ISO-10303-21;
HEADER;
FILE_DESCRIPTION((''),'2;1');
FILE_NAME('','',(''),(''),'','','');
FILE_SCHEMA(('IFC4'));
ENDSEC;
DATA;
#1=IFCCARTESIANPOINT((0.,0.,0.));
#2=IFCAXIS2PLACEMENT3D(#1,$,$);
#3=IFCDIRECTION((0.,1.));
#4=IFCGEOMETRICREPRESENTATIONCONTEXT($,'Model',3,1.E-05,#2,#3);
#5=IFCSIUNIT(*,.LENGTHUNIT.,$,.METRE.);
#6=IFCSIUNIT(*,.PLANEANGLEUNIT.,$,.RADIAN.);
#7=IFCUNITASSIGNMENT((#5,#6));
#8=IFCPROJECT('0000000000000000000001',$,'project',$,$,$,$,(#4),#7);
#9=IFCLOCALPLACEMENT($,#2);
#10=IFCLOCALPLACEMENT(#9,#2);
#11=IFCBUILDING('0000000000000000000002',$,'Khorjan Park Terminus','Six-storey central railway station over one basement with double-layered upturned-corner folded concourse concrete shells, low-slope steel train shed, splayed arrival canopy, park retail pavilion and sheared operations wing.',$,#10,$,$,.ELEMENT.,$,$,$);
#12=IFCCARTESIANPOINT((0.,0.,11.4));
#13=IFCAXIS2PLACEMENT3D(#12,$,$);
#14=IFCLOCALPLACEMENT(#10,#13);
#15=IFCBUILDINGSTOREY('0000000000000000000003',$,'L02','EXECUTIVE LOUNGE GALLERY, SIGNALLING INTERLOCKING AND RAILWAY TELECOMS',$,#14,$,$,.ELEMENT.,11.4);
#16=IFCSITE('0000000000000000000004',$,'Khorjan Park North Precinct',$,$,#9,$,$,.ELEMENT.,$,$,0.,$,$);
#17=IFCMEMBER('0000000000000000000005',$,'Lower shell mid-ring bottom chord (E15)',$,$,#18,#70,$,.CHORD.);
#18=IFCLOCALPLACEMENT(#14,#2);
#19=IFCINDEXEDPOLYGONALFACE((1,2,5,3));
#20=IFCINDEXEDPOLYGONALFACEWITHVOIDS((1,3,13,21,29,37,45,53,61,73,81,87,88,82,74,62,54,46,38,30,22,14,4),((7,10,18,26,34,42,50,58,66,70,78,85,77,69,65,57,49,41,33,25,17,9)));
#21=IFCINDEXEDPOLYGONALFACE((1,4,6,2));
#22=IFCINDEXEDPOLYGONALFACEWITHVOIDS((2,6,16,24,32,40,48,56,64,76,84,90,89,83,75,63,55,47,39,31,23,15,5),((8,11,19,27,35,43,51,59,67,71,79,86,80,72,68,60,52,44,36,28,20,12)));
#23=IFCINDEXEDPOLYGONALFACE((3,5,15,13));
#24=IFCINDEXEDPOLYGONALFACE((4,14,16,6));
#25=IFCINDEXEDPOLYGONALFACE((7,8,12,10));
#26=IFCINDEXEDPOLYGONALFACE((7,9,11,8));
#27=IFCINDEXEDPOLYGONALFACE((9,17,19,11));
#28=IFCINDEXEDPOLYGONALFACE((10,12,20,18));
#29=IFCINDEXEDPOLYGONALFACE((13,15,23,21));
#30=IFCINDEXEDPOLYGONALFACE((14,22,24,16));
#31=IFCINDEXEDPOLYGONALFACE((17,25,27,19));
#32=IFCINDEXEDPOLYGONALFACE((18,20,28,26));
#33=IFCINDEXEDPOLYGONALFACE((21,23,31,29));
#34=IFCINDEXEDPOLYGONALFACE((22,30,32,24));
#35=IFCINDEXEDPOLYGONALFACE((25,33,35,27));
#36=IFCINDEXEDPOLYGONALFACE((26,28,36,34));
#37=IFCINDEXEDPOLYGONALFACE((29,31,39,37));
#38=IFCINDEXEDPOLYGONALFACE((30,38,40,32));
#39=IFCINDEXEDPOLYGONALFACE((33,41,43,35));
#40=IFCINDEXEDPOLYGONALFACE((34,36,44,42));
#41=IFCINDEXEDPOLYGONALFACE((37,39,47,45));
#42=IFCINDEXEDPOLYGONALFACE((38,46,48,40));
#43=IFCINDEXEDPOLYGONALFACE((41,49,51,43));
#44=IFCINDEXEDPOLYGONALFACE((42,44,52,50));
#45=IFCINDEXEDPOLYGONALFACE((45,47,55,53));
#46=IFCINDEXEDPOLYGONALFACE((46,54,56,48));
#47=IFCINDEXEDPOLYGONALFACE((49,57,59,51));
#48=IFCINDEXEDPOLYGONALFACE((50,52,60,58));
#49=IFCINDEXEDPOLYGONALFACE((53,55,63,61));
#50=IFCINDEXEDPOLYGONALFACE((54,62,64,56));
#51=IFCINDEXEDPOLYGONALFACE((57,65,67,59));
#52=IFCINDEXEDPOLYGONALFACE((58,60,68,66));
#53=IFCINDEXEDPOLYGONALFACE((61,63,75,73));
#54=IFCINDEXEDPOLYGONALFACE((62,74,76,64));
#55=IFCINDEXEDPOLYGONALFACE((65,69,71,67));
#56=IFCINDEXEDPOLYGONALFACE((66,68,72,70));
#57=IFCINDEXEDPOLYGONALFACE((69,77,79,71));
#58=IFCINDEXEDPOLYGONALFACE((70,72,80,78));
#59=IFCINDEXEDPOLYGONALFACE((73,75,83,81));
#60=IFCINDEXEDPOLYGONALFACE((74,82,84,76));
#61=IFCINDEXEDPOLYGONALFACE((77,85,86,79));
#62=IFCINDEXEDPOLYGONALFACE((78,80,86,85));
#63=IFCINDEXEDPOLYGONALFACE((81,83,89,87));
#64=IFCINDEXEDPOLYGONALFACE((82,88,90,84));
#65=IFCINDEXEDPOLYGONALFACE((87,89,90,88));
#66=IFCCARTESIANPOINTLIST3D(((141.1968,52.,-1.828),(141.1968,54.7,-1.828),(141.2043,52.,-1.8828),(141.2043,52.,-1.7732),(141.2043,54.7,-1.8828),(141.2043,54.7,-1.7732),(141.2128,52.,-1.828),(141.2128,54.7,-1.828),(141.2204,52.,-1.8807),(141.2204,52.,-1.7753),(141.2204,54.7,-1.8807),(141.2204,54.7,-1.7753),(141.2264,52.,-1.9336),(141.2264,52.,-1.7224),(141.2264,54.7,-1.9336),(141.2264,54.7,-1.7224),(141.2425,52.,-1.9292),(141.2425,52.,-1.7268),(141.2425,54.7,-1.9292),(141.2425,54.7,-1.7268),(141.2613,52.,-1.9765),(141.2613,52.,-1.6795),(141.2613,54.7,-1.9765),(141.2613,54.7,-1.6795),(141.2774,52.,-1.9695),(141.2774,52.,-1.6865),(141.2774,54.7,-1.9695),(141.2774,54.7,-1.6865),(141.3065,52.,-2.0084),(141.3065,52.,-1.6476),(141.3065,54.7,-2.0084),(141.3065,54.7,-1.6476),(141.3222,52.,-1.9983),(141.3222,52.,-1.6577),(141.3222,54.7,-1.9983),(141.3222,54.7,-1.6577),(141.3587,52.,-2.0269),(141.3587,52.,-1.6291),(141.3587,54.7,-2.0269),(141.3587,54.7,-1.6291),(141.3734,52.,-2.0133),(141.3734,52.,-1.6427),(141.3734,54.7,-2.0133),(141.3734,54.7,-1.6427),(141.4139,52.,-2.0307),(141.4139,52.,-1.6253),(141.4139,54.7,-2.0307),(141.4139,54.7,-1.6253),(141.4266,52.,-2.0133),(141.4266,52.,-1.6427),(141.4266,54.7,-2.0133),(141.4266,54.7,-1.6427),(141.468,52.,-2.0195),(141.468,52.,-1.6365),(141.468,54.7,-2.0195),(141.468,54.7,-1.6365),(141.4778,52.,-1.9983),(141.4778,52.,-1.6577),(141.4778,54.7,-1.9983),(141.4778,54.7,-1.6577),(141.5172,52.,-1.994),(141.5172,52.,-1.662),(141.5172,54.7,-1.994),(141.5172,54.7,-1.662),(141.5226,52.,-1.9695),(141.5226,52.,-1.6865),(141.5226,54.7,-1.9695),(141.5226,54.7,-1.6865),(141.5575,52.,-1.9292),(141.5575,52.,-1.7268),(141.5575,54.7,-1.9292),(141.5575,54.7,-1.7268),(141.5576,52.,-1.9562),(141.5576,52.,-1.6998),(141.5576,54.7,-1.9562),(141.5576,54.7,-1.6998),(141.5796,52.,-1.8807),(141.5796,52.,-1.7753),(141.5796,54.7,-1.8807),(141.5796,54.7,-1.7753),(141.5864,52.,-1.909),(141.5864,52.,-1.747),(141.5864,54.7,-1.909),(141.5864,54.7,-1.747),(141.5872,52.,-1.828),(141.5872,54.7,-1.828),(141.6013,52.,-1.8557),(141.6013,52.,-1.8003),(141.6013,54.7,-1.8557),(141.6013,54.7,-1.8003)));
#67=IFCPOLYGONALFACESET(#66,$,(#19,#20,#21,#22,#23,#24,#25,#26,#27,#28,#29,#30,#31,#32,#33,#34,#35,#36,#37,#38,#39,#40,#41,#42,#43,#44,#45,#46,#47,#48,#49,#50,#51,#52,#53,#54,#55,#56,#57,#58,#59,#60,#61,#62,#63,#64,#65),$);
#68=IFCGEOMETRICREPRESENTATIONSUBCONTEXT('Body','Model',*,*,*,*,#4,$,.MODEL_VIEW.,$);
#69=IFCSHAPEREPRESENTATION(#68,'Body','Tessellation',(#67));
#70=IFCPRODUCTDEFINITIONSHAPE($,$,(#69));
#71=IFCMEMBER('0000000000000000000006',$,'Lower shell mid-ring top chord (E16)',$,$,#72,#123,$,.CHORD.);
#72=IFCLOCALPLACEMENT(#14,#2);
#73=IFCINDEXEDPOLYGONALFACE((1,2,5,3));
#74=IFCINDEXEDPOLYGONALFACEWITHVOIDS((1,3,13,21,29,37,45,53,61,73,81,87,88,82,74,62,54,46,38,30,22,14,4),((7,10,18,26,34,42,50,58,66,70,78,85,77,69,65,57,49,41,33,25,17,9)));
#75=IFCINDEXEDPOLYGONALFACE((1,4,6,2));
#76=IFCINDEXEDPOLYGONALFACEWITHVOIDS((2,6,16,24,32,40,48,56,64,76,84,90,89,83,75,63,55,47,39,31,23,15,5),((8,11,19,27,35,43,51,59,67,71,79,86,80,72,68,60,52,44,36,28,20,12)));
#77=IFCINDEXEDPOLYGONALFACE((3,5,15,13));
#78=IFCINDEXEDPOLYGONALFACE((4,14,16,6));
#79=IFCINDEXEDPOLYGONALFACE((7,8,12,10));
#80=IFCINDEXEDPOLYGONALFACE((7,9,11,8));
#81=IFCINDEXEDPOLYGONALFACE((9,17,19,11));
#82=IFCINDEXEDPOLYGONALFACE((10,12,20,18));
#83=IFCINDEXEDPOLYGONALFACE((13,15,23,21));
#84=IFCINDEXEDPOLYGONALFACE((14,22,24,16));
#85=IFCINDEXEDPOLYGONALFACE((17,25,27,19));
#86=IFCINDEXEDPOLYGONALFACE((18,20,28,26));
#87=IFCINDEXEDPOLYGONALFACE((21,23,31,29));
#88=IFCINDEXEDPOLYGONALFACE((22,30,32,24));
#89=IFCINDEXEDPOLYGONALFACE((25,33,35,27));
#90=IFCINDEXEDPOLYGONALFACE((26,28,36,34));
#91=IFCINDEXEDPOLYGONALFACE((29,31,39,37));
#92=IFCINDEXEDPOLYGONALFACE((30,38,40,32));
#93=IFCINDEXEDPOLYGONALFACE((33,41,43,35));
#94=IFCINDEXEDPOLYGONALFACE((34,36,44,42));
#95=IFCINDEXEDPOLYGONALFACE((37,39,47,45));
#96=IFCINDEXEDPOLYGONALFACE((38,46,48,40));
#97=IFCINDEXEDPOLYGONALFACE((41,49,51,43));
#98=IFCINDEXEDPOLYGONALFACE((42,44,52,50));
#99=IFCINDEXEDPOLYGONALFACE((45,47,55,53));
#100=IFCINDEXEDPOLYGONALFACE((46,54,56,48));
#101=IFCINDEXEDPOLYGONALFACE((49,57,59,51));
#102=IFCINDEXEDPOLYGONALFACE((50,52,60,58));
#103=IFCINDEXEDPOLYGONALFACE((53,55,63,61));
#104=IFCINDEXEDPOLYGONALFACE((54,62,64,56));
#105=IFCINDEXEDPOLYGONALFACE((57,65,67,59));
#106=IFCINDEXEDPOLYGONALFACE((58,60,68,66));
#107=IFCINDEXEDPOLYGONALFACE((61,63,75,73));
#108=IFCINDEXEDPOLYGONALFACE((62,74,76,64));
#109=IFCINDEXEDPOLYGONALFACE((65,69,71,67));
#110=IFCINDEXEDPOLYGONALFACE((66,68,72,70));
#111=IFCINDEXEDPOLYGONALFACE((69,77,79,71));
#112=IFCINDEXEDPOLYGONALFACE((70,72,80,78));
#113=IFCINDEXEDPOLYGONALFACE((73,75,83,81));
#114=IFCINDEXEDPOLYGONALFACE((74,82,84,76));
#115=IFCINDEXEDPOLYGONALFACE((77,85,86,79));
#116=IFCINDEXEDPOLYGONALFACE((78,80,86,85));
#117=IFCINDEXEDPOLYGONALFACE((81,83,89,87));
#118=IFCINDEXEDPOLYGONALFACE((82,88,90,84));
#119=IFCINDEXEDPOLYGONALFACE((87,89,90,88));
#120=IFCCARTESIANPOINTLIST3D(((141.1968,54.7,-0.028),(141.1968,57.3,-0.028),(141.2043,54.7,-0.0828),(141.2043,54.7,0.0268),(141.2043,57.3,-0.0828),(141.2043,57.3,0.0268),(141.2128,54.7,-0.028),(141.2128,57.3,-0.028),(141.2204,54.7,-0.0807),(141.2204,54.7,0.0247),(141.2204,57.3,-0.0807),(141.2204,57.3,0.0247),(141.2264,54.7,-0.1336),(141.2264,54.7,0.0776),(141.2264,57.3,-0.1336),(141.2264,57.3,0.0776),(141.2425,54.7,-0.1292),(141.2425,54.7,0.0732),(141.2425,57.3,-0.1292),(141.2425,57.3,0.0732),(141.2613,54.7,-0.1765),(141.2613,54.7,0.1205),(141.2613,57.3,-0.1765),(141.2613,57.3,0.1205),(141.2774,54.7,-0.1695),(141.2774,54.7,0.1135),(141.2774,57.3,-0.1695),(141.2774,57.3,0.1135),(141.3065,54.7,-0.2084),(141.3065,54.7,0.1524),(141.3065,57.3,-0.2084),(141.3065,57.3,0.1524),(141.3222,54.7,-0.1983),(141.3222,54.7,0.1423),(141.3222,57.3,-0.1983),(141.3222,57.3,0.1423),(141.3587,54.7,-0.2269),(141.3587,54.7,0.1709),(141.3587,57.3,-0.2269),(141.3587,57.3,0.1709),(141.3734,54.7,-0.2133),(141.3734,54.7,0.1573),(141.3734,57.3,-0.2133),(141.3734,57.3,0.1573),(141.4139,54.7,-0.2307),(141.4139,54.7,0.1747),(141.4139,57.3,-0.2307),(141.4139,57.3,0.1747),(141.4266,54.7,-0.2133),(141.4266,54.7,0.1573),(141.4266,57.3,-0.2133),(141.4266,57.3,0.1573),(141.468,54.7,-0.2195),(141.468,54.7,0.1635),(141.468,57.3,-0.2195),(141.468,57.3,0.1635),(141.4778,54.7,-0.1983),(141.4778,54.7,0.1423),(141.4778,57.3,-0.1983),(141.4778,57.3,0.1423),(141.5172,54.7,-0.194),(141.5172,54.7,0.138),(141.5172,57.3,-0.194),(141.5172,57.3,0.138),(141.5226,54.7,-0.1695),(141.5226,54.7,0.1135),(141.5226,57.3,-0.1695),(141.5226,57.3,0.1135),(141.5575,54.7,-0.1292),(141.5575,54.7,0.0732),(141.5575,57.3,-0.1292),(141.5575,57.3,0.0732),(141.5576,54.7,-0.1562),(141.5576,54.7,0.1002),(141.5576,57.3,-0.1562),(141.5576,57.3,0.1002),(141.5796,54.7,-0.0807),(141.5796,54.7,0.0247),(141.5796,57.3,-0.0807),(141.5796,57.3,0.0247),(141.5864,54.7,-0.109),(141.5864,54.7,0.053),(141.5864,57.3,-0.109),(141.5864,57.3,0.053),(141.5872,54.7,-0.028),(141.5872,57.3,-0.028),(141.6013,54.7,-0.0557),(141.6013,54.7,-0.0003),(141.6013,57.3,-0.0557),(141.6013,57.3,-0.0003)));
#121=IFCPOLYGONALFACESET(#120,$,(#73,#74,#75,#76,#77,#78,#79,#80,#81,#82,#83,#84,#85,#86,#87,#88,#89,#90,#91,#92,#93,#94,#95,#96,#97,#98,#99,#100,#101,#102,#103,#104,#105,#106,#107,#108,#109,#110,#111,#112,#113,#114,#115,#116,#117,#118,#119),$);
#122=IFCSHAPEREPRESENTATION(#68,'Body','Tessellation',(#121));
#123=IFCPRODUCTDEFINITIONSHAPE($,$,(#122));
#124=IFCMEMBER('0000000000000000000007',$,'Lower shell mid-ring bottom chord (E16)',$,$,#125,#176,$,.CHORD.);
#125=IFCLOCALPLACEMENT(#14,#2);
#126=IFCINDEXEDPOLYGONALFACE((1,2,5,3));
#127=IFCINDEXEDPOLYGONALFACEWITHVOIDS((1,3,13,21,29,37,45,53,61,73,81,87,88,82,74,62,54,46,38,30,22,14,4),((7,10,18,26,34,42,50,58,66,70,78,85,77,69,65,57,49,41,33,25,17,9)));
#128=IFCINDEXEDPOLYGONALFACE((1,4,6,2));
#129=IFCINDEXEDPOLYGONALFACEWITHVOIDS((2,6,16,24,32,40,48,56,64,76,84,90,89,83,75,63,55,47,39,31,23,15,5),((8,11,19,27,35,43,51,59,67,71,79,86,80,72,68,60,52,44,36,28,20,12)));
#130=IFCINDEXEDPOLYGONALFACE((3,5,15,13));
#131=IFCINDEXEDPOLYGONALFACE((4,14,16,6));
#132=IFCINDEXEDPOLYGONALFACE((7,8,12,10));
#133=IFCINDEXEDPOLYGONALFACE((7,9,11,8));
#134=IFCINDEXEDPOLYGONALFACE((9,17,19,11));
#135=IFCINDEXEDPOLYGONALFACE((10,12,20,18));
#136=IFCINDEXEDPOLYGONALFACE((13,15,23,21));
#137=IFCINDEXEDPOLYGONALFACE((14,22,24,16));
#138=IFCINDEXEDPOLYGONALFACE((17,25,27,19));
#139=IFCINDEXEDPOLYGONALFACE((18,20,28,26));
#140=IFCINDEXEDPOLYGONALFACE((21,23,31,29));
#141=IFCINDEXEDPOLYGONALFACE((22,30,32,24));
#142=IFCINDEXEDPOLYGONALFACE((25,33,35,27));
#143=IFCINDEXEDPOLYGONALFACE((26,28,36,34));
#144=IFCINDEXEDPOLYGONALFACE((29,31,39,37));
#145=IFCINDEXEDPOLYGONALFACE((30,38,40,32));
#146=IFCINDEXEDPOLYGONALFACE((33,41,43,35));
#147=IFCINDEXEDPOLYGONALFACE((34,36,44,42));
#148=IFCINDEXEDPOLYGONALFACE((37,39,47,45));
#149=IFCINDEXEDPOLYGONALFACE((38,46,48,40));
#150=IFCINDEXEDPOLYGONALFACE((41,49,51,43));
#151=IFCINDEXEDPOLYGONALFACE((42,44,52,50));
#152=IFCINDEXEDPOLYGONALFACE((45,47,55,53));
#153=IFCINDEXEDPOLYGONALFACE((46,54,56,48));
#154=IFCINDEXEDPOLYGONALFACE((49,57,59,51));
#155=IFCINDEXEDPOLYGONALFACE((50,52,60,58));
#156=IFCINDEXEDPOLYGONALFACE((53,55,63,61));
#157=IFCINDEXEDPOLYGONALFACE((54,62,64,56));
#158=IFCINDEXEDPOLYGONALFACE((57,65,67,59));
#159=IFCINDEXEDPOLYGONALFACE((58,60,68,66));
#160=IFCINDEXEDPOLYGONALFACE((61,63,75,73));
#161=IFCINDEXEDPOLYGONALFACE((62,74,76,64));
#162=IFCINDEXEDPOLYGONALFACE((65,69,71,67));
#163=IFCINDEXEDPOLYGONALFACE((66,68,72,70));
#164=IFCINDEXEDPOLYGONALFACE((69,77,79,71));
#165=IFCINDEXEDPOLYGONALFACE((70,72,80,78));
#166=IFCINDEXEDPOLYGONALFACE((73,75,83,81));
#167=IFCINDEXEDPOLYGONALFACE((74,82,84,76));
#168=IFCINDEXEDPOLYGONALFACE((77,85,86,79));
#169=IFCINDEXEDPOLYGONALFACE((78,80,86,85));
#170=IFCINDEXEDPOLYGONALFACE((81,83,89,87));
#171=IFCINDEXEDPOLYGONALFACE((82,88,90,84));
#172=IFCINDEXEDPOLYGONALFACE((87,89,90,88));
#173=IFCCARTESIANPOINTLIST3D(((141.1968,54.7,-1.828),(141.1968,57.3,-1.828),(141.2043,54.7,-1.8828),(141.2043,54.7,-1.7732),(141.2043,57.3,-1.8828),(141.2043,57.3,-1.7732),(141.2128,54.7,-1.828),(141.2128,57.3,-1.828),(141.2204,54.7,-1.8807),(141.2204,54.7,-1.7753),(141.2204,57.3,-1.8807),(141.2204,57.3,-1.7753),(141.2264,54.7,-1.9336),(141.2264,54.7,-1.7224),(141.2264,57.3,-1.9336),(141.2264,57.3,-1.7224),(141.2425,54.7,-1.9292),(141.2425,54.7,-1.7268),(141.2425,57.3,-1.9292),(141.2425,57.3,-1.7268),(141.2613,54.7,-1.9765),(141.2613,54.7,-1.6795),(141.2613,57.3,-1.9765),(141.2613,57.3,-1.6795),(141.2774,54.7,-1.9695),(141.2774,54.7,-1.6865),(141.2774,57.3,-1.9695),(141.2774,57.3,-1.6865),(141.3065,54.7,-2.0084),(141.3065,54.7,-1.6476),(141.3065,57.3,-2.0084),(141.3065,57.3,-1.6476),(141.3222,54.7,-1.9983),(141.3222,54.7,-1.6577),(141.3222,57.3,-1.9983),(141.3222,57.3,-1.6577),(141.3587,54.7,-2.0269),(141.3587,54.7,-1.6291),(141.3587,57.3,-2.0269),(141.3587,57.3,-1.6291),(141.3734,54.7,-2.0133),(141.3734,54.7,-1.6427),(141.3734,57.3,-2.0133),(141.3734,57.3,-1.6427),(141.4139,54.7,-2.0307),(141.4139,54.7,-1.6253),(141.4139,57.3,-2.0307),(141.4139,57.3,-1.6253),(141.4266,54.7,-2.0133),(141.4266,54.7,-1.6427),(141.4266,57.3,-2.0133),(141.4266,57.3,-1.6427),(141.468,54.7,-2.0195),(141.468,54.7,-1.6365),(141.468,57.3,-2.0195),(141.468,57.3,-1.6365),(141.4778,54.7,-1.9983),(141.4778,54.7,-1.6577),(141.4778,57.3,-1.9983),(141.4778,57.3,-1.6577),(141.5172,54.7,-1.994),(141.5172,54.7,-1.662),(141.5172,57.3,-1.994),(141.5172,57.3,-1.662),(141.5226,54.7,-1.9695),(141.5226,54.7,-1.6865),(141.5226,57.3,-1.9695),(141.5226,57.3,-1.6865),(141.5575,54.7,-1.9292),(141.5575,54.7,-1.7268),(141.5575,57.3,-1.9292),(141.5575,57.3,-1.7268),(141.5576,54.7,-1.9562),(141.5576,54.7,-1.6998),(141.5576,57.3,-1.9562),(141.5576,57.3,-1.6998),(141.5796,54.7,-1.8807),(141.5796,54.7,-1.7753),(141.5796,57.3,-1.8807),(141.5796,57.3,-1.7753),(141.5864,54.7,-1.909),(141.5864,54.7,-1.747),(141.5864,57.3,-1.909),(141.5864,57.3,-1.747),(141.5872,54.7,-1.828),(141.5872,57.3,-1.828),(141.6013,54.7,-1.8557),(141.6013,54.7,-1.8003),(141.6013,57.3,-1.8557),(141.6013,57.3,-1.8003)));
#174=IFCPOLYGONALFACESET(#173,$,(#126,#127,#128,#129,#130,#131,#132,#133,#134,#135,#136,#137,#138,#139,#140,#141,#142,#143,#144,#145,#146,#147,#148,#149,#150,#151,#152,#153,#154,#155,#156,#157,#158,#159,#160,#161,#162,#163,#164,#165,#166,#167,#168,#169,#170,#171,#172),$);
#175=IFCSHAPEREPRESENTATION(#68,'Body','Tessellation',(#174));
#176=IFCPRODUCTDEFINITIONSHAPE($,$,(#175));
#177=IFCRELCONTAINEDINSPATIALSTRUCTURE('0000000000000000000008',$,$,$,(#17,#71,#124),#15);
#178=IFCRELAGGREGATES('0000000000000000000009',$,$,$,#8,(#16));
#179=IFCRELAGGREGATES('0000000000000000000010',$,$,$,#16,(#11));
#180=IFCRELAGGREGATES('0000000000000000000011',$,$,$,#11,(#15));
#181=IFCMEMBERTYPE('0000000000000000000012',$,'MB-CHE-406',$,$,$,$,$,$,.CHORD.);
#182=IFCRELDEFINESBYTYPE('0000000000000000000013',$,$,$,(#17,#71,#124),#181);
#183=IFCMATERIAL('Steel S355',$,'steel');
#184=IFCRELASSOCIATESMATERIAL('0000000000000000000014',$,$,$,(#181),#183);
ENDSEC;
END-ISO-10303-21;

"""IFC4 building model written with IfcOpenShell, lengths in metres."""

from ifc_helpers import new_model, si_unit, direction, frame, origin, origin_2d, place, context, subcontext, project, spatial, hollow_circle, extrude, material, material_profile, profile_set, type_object, element, save


model = new_model("IFC4")

# Units and contexts
model_context = context("Model", 3, precision=1e-05, world=origin(), true_north=direction((0.0, 1.0)))
body_context = subcontext(model_context, "Body", "Model", "MODEL_VIEW")
ifc_project = project(units=[si_unit("LENGTHUNIT", "METRE"), si_unit("PLANEANGLEUNIT", "RADIAN")], contexts=[model_context])

# Site, building, storey
site_placement = place(None, origin())
site = spatial("IfcSite", under=ifc_project, at=site_placement, Name="Khorjan Park North Precinct", CompositionType="ELEMENT", RefElevation=0.0)
building_placement = place(site_placement, origin())
building = spatial("IfcBuilding", under=site, at=building_placement, Name="Khorjan Park Terminus", Description="Six-storey central railway station over one basement with double-layered upturned-corner folded concourse concrete shells, low-slope steel train shed, splayed arrival canopy, park retail pavilion and sheared operations wing.", CompositionType="ELEMENT")
storey_placement = place(building_placement, frame((0.0, 0.0, 11.4)))
storey = spatial("IfcBuildingStorey", under=building, at=storey_placement, Name="L02", Description="EXECUTIVE LOUNGE GALLERY, SIGNALLING INTERLOCKING AND RAILWAY TELECOMS", CompositionType="ELEMENT", Elevation=11.4)

# Members
ifc_material_1 = material(Name="Steel S355", Category="steel")
ifc_material_profile_1 = material_profile(ifc_material_1, hollow_circle(Radius=0.2032, WallThickness=0.016, at=origin_2d()), Name="CHS 406.4x16")
ifc_profile_set_1 = profile_set([ifc_material_profile_1], Name="Steel S355")
member_type_1 = type_object("IfcMemberType", Name="MB-CHE-406", PredefinedType="CHORD", material=ifc_profile_set_1)
for number, where, z_axis, x_axis, name in (
    (1, (141.4, 52.0, -1.828), (0.0, 1.0, 0.0), (-1.0, 0.0, 0.0), "Lower shell mid-ring bottom chord (E15)"),
):
    element("IfcMember", number, at=place(storey_placement, frame(where, z_axis=z_axis, x_axis=x_axis)), inside=storey, type_object=member_type_1, Name=name, PredefinedType="CHORD", context=body_context, shape_type="SweptSolid", body=[
        extrude(hollow_circle(Radius=0.2032, WallThickness=0.016, at=origin_2d()), origin(), (0.0, 0.0, 1.0), 2.7),
    ])
for number, where, z_axis, x_axis, name in (
    (2, (141.4, 54.7, -0.028), (0.0, 1.0, 0.0), (-1.0, 0.0, 0.0), "Lower shell mid-ring top chord (E16)"),
    (3, (141.4, 54.7, -1.828), (0.0, 1.0, 0.0), (-1.0, 0.0, 0.0), "Lower shell mid-ring bottom chord (E16)"),
):
    element("IfcMember", number, at=place(storey_placement, frame(where, z_axis=z_axis, x_axis=x_axis)), inside=storey, type_object=member_type_1, Name=name, PredefinedType="CHORD", context=body_context, shape_type="SweptSolid", body=[
        extrude(hollow_circle(Radius=0.2032, WallThickness=0.016, at=origin_2d()), origin(), (0.0, 0.0, 1.0), 2.6),
    ])

save(model, "model.ifc")
